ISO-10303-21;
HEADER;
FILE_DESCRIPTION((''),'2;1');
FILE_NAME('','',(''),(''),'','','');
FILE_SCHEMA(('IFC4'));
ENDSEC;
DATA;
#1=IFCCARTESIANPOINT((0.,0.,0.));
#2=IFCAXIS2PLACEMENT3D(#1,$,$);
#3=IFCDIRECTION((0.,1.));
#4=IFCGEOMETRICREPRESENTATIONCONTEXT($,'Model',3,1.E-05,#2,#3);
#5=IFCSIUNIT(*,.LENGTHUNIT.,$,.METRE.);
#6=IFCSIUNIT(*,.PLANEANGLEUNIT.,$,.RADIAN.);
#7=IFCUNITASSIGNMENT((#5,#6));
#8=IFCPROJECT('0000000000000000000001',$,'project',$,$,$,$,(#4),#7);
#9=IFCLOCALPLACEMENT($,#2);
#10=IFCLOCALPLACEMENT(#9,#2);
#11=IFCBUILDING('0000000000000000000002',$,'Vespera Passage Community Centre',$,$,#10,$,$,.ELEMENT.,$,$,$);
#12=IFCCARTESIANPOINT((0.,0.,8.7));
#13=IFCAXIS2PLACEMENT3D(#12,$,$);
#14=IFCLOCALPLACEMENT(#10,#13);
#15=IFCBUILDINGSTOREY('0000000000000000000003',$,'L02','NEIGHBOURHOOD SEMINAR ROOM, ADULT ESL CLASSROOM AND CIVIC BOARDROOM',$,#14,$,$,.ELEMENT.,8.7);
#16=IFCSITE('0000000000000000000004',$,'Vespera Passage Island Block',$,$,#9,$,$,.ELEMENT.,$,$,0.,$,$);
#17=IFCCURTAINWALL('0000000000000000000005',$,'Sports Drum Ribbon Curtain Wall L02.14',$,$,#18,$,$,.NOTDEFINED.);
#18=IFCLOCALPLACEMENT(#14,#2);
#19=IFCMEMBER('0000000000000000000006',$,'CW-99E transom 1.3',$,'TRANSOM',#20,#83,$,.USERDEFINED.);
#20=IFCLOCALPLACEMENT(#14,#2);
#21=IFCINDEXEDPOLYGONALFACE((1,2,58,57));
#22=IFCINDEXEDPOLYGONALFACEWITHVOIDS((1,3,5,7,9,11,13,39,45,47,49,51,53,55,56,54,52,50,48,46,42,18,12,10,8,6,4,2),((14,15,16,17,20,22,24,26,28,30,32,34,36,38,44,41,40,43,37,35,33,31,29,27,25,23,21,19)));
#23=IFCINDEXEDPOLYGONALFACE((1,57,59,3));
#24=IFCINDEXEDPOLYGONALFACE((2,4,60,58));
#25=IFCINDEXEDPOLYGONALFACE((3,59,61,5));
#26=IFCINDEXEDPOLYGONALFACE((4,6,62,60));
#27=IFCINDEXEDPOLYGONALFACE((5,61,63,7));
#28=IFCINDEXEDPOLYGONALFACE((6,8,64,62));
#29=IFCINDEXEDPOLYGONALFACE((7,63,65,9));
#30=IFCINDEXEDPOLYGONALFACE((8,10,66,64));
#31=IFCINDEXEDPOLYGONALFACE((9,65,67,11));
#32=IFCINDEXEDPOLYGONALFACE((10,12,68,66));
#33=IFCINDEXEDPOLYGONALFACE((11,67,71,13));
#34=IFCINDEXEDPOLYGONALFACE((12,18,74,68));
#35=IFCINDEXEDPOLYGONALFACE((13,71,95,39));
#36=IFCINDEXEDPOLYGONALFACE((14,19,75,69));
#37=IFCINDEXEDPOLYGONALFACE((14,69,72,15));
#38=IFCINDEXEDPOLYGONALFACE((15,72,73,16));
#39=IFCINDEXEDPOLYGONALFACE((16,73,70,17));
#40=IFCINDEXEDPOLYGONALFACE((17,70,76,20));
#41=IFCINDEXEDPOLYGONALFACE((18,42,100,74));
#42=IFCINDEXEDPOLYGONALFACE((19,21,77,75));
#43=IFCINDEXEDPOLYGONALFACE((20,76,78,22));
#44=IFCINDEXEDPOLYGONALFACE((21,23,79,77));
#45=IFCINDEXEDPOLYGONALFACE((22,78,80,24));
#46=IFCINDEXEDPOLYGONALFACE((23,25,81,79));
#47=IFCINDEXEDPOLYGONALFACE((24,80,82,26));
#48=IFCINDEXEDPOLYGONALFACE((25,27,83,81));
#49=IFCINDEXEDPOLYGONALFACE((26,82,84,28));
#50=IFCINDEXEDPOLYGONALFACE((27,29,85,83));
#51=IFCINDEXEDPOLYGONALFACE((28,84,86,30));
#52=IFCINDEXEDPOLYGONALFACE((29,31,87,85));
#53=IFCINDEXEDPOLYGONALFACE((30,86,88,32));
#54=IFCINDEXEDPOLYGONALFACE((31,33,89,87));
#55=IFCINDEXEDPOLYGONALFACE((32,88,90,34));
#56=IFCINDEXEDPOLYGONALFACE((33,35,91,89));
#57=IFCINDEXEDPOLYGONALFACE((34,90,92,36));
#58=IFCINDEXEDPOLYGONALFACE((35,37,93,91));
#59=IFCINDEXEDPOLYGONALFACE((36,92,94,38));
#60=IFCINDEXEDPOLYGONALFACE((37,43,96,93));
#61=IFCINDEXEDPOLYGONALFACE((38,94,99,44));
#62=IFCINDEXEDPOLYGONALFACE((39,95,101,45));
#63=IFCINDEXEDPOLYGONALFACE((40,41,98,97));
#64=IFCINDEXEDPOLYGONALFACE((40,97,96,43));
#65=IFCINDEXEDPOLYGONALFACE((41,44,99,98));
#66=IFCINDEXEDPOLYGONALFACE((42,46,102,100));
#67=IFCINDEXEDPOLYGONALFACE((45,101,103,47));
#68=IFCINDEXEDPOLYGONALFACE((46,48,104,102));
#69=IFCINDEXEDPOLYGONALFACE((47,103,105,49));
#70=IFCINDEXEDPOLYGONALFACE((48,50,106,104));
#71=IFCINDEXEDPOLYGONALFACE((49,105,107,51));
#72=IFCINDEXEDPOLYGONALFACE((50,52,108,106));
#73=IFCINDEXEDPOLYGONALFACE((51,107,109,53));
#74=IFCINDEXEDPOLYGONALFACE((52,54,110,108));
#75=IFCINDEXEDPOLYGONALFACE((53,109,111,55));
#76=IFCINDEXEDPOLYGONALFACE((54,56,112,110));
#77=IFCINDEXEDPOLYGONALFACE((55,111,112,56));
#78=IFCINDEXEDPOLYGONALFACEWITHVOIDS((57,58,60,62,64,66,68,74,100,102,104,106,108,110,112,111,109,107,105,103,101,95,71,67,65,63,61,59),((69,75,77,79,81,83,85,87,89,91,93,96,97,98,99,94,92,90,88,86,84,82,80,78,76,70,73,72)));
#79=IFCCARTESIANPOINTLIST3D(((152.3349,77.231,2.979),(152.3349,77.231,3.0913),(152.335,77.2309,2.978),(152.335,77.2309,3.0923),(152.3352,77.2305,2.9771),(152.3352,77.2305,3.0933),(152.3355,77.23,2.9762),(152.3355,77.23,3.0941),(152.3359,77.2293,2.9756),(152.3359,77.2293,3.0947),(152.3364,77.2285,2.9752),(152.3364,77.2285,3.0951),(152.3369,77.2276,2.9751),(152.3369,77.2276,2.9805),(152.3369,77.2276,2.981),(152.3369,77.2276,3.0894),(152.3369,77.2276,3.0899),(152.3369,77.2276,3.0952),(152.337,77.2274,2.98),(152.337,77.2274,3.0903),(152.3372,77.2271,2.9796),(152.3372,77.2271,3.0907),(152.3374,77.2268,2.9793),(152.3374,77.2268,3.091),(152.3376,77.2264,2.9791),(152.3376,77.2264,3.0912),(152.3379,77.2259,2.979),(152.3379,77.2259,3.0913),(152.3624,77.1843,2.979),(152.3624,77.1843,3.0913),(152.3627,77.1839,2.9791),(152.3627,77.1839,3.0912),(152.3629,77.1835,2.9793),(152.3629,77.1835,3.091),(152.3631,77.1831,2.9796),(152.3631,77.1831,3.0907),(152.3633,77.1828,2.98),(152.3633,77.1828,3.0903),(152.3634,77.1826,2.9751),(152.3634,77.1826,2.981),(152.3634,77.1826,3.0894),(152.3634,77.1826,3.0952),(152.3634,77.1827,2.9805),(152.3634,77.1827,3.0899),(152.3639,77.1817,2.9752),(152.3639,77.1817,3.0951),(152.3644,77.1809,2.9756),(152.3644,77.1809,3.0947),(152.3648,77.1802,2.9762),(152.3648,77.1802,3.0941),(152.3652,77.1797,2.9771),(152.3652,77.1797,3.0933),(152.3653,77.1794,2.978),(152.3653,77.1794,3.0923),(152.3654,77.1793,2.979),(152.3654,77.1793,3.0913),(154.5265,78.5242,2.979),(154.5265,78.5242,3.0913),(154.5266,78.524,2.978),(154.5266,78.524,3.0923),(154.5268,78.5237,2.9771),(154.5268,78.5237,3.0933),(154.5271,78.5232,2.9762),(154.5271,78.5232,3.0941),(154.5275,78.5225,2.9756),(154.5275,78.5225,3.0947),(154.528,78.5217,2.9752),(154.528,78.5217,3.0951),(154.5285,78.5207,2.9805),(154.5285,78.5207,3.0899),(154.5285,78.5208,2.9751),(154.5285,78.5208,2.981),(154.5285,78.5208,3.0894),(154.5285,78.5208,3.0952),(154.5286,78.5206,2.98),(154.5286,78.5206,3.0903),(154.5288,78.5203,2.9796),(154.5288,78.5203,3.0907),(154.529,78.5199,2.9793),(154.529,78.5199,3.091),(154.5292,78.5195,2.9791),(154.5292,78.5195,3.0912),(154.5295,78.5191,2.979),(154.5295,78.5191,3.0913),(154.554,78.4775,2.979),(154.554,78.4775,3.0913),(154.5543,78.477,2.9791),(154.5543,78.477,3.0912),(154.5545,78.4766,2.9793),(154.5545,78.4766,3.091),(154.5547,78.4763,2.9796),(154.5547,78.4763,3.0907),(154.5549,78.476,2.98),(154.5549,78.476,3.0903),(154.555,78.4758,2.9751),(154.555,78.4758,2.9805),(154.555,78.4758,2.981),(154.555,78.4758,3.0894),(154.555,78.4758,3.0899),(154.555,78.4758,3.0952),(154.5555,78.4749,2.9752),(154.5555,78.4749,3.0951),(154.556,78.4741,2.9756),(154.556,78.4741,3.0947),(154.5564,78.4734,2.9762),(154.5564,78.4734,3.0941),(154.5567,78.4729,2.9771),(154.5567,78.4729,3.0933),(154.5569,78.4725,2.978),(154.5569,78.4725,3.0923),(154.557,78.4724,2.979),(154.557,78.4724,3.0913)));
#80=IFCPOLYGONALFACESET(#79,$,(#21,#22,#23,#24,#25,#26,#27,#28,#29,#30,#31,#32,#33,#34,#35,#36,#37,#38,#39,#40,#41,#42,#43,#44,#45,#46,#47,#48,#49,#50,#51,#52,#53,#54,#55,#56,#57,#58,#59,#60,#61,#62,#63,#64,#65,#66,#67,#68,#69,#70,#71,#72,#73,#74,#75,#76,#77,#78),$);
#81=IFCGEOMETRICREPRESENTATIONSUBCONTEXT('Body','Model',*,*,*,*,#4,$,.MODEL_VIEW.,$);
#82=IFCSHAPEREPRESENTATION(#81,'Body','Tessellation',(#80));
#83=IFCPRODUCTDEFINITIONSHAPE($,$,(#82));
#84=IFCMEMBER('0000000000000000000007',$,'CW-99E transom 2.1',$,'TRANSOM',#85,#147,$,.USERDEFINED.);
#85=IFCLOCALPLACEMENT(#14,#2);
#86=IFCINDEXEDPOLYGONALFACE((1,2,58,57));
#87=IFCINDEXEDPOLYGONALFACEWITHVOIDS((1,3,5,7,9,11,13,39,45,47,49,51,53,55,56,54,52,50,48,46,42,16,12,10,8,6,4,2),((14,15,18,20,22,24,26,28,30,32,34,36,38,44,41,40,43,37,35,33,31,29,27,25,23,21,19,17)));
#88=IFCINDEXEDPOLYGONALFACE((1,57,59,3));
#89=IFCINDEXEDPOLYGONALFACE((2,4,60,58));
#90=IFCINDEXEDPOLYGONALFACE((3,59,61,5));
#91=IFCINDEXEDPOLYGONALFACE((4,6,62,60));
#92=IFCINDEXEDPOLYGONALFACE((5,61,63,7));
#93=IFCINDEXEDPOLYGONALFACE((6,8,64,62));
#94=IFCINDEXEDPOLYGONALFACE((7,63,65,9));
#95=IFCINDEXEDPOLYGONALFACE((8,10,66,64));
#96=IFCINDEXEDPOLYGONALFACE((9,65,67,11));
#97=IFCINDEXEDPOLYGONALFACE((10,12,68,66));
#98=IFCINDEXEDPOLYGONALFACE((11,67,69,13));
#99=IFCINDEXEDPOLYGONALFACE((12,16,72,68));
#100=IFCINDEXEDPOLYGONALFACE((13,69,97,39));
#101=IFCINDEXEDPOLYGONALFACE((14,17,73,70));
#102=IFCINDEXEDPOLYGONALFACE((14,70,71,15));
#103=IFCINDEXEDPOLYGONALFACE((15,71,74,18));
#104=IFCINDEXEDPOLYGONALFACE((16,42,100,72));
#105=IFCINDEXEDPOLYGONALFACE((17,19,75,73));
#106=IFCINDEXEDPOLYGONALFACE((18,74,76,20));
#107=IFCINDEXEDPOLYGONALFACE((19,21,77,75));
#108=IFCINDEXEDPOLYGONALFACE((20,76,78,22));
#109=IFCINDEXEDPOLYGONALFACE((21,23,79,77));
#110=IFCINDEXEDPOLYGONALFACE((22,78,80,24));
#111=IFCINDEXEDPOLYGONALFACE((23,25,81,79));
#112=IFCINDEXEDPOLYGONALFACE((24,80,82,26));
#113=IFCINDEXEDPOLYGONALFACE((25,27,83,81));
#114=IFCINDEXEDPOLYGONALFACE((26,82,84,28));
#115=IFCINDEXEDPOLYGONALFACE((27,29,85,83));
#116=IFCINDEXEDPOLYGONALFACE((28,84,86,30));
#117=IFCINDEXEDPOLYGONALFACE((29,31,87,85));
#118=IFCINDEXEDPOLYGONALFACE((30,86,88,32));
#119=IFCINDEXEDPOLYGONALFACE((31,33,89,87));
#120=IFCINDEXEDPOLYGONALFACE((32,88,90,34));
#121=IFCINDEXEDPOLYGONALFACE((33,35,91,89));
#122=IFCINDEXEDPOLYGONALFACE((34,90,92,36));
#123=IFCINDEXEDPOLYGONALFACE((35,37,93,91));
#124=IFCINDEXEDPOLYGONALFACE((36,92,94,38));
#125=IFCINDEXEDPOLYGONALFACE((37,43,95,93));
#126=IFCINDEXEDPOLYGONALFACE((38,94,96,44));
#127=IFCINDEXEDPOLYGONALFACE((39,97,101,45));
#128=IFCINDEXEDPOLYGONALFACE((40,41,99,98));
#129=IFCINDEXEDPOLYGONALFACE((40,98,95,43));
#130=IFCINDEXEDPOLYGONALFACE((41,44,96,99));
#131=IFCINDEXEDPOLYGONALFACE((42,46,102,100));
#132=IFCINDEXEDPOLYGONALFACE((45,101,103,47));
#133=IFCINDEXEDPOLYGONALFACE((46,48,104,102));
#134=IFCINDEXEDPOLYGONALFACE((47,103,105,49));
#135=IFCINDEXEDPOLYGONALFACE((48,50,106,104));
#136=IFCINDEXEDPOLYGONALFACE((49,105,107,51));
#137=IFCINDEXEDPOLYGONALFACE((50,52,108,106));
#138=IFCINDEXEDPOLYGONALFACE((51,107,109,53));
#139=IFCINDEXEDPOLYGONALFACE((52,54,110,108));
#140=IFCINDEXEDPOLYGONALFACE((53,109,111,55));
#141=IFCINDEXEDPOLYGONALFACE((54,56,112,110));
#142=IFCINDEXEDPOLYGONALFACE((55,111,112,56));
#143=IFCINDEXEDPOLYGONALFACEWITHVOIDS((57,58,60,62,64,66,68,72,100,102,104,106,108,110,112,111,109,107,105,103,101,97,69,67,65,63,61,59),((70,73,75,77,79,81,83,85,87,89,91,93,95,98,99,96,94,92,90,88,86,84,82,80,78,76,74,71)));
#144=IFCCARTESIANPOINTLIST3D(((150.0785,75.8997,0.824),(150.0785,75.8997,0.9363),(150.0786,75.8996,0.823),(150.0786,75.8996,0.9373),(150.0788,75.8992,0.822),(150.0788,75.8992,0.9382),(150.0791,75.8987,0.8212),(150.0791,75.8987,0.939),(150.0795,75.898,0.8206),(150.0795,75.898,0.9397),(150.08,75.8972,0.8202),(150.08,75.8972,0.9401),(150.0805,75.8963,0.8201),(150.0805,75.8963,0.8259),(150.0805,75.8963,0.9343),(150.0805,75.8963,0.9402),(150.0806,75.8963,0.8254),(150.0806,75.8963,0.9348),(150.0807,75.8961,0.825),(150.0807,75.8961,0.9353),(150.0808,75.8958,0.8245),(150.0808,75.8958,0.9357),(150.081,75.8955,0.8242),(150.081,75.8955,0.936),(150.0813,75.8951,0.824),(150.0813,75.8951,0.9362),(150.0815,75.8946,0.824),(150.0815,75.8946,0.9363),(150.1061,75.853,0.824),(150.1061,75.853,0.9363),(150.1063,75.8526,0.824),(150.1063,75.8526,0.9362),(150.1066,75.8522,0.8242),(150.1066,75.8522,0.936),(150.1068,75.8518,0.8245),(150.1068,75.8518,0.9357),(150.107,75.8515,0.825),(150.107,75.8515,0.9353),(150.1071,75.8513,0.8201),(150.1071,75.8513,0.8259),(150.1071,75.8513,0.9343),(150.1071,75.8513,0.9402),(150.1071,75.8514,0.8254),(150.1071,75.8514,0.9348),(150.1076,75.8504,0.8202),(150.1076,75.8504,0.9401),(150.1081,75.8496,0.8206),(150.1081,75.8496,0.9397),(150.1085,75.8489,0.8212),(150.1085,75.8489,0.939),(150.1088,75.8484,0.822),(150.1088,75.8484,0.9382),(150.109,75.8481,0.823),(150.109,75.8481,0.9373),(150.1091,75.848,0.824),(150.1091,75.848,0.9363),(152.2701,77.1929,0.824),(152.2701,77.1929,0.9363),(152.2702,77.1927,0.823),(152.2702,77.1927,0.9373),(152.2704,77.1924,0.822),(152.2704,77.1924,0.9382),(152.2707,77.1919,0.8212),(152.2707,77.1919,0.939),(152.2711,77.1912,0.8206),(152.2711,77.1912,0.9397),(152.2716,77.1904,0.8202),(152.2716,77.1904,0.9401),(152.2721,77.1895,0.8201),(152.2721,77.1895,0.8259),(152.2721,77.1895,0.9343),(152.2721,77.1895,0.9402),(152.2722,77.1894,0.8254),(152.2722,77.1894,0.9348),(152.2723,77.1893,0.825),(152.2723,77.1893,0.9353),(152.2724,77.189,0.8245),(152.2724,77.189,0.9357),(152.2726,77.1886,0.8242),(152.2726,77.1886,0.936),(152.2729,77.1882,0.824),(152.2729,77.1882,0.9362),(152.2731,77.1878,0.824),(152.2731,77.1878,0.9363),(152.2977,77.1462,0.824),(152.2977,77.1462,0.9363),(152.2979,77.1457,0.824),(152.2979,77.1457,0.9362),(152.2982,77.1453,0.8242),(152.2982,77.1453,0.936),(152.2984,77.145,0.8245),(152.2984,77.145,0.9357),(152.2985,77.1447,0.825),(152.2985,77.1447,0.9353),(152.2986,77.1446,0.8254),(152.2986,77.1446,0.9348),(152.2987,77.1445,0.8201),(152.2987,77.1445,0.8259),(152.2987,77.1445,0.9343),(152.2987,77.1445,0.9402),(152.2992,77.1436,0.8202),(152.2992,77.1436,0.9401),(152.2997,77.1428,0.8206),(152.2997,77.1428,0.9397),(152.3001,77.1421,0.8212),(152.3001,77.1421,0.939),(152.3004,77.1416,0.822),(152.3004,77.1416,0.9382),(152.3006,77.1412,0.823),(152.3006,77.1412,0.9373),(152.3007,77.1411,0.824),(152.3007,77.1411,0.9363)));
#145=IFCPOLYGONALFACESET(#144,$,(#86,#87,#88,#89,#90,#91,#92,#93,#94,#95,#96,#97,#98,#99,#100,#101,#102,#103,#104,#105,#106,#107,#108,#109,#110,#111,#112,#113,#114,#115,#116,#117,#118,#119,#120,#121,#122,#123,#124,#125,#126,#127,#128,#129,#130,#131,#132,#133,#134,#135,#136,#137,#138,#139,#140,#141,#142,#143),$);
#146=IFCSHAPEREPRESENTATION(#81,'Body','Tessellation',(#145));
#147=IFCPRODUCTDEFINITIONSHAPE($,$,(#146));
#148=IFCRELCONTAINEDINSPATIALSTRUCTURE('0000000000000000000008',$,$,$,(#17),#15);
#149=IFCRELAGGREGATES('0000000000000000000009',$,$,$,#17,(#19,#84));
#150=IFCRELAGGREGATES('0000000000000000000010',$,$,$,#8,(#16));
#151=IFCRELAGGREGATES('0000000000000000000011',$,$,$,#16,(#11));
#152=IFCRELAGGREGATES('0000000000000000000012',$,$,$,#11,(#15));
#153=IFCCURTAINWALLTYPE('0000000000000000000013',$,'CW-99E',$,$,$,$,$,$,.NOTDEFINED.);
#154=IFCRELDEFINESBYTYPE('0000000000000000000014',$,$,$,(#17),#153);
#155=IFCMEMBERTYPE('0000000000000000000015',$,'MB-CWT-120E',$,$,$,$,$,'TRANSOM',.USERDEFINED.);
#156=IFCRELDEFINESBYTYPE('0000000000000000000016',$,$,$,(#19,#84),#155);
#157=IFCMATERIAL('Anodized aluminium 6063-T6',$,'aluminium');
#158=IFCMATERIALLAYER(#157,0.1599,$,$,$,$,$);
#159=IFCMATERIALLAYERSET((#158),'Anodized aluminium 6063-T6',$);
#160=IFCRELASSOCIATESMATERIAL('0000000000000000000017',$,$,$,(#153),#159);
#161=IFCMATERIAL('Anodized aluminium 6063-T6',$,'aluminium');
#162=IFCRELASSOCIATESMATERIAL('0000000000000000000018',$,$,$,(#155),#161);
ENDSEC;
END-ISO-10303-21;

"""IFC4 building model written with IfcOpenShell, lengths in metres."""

from ifc_helpers import new_model, si_unit, direction, frame, origin, origin_2d, place, context, subcontext, project, spatial, hollow_rectangle, extrude, material, layer, layer_set, material_profile, profile_set, type_object, element, aggregate, save


model = new_model("IFC4")

# Units and contexts
model_context = context("Model", 3, precision=1e-05, world=origin(), true_north=direction((0.0, 1.0)))
body_context = subcontext(model_context, "Body", "Model", "MODEL_VIEW")
ifc_project = project(units=[si_unit("LENGTHUNIT", "METRE"), si_unit("PLANEANGLEUNIT", "RADIAN")], contexts=[model_context])

# Site, building, storey
site_placement = place(None, origin())
site = spatial("IfcSite", under=ifc_project, at=site_placement, Name="Vespera Passage Island Block", CompositionType="ELEMENT", RefElevation=0.0)
building_placement = place(site_placement, origin())
building = spatial("IfcBuilding", under=site, at=building_placement, Name="Vespera Passage Community Centre", CompositionType="ELEMENT")
storey_placement = place(building_placement, frame((0.0, 0.0, 8.7)))
storey = spatial("IfcBuildingStorey", under=building, at=storey_placement, Name="L02", Description="NEIGHBOURHOOD SEMINAR ROOM, ADULT ESL CLASSROOM AND CIVIC BOARDROOM", CompositionType="ELEMENT", Elevation=8.7)

# Shared definitions
ifc_material_1 = material(Name="Anodized aluminium 6063-T6", Category="aluminium")
ifc_layer_1 = layer(ifc_material_1, 0.1599)
ifc_layer_set_1 = layer_set([ifc_layer_1], Name="Anodized aluminium 6063-T6")
curtain_wall_type_1 = type_object("IfcCurtainWallType", Name="CW-99E", PredefinedType="NOTDEFINED", material=ifc_layer_set_1)

# Curtain wall
curtain_wall_1_placement = place(storey_placement, origin())
curtain_wall_1 = element("IfcCurtainWall", 1, at=curtain_wall_1_placement, inside=storey, type_object=curtain_wall_type_1, Name="Sports Drum Ribbon Curtain Wall L02.14", PredefinedType="NOTDEFINED")

# Members
ifc_material_2 = material(Name="Anodized aluminium 6063-T6", Category="aluminium")
ifc_material_profile_1 = material_profile(ifc_material_2, hollow_rectangle(XDim=0.0601, YDim=0.1201, WallThickness=0.0039, InnerFilletRadius=0.002, OuterFilletRadius=0.0039, at=origin_2d()), Name="ALU120X60X4")
ifc_profile_set_1 = profile_set([ifc_material_profile_1], Name="Anodized aluminium 6063-T6")
member_type_1 = type_object("IfcMemberType", Name="MB-CWT-120E", ElementType="TRANSOM", PredefinedType="USERDEFINED", material=ifc_profile_set_1)
member_1_placement = place(storey_placement, frame((154.5417, 78.4983, 3.0352), z_axis=(-0.861245, -0.508189, 0.0), x_axis=(0.508189, -0.861245, 0.0)))
member_1 = element("IfcMember", 2, at=member_1_placement, type_object=member_type_1, Name="CW-99E transom 1.3", ObjectType="TRANSOM", PredefinedType="USERDEFINED", context=body_context, shape_type="SweptSolid", body=[
    extrude(hollow_rectangle(XDim=0.0601, YDim=0.1201, WallThickness=0.0039, InnerFilletRadius=0.002, OuterFilletRadius=0.0039, at=origin_2d()), origin(), (0.0, 0.0, 1.0), 2.5447),
])
member_2_placement = place(storey_placement, frame((152.2854, 77.167, 0.8801), z_axis=(-0.861245, -0.508189, 0.0), x_axis=(0.508189, -0.861245, 0.0)))
member_2 = element("IfcMember", 3, at=member_2_placement, type_object=member_type_1, Name="CW-99E transom 2.1", ObjectType="TRANSOM", PredefinedType="USERDEFINED", context=body_context, shape_type="SweptSolid", body=[
    extrude(hollow_rectangle(XDim=0.0601, YDim=0.1201, WallThickness=0.0039, InnerFilletRadius=0.002, OuterFilletRadius=0.0039, at=origin_2d()), origin(), (0.0, 0.0, 1.0), 2.5447),
])

aggregate(curtain_wall_1, [member_1, member_2])

save(model, "model.ifc")
